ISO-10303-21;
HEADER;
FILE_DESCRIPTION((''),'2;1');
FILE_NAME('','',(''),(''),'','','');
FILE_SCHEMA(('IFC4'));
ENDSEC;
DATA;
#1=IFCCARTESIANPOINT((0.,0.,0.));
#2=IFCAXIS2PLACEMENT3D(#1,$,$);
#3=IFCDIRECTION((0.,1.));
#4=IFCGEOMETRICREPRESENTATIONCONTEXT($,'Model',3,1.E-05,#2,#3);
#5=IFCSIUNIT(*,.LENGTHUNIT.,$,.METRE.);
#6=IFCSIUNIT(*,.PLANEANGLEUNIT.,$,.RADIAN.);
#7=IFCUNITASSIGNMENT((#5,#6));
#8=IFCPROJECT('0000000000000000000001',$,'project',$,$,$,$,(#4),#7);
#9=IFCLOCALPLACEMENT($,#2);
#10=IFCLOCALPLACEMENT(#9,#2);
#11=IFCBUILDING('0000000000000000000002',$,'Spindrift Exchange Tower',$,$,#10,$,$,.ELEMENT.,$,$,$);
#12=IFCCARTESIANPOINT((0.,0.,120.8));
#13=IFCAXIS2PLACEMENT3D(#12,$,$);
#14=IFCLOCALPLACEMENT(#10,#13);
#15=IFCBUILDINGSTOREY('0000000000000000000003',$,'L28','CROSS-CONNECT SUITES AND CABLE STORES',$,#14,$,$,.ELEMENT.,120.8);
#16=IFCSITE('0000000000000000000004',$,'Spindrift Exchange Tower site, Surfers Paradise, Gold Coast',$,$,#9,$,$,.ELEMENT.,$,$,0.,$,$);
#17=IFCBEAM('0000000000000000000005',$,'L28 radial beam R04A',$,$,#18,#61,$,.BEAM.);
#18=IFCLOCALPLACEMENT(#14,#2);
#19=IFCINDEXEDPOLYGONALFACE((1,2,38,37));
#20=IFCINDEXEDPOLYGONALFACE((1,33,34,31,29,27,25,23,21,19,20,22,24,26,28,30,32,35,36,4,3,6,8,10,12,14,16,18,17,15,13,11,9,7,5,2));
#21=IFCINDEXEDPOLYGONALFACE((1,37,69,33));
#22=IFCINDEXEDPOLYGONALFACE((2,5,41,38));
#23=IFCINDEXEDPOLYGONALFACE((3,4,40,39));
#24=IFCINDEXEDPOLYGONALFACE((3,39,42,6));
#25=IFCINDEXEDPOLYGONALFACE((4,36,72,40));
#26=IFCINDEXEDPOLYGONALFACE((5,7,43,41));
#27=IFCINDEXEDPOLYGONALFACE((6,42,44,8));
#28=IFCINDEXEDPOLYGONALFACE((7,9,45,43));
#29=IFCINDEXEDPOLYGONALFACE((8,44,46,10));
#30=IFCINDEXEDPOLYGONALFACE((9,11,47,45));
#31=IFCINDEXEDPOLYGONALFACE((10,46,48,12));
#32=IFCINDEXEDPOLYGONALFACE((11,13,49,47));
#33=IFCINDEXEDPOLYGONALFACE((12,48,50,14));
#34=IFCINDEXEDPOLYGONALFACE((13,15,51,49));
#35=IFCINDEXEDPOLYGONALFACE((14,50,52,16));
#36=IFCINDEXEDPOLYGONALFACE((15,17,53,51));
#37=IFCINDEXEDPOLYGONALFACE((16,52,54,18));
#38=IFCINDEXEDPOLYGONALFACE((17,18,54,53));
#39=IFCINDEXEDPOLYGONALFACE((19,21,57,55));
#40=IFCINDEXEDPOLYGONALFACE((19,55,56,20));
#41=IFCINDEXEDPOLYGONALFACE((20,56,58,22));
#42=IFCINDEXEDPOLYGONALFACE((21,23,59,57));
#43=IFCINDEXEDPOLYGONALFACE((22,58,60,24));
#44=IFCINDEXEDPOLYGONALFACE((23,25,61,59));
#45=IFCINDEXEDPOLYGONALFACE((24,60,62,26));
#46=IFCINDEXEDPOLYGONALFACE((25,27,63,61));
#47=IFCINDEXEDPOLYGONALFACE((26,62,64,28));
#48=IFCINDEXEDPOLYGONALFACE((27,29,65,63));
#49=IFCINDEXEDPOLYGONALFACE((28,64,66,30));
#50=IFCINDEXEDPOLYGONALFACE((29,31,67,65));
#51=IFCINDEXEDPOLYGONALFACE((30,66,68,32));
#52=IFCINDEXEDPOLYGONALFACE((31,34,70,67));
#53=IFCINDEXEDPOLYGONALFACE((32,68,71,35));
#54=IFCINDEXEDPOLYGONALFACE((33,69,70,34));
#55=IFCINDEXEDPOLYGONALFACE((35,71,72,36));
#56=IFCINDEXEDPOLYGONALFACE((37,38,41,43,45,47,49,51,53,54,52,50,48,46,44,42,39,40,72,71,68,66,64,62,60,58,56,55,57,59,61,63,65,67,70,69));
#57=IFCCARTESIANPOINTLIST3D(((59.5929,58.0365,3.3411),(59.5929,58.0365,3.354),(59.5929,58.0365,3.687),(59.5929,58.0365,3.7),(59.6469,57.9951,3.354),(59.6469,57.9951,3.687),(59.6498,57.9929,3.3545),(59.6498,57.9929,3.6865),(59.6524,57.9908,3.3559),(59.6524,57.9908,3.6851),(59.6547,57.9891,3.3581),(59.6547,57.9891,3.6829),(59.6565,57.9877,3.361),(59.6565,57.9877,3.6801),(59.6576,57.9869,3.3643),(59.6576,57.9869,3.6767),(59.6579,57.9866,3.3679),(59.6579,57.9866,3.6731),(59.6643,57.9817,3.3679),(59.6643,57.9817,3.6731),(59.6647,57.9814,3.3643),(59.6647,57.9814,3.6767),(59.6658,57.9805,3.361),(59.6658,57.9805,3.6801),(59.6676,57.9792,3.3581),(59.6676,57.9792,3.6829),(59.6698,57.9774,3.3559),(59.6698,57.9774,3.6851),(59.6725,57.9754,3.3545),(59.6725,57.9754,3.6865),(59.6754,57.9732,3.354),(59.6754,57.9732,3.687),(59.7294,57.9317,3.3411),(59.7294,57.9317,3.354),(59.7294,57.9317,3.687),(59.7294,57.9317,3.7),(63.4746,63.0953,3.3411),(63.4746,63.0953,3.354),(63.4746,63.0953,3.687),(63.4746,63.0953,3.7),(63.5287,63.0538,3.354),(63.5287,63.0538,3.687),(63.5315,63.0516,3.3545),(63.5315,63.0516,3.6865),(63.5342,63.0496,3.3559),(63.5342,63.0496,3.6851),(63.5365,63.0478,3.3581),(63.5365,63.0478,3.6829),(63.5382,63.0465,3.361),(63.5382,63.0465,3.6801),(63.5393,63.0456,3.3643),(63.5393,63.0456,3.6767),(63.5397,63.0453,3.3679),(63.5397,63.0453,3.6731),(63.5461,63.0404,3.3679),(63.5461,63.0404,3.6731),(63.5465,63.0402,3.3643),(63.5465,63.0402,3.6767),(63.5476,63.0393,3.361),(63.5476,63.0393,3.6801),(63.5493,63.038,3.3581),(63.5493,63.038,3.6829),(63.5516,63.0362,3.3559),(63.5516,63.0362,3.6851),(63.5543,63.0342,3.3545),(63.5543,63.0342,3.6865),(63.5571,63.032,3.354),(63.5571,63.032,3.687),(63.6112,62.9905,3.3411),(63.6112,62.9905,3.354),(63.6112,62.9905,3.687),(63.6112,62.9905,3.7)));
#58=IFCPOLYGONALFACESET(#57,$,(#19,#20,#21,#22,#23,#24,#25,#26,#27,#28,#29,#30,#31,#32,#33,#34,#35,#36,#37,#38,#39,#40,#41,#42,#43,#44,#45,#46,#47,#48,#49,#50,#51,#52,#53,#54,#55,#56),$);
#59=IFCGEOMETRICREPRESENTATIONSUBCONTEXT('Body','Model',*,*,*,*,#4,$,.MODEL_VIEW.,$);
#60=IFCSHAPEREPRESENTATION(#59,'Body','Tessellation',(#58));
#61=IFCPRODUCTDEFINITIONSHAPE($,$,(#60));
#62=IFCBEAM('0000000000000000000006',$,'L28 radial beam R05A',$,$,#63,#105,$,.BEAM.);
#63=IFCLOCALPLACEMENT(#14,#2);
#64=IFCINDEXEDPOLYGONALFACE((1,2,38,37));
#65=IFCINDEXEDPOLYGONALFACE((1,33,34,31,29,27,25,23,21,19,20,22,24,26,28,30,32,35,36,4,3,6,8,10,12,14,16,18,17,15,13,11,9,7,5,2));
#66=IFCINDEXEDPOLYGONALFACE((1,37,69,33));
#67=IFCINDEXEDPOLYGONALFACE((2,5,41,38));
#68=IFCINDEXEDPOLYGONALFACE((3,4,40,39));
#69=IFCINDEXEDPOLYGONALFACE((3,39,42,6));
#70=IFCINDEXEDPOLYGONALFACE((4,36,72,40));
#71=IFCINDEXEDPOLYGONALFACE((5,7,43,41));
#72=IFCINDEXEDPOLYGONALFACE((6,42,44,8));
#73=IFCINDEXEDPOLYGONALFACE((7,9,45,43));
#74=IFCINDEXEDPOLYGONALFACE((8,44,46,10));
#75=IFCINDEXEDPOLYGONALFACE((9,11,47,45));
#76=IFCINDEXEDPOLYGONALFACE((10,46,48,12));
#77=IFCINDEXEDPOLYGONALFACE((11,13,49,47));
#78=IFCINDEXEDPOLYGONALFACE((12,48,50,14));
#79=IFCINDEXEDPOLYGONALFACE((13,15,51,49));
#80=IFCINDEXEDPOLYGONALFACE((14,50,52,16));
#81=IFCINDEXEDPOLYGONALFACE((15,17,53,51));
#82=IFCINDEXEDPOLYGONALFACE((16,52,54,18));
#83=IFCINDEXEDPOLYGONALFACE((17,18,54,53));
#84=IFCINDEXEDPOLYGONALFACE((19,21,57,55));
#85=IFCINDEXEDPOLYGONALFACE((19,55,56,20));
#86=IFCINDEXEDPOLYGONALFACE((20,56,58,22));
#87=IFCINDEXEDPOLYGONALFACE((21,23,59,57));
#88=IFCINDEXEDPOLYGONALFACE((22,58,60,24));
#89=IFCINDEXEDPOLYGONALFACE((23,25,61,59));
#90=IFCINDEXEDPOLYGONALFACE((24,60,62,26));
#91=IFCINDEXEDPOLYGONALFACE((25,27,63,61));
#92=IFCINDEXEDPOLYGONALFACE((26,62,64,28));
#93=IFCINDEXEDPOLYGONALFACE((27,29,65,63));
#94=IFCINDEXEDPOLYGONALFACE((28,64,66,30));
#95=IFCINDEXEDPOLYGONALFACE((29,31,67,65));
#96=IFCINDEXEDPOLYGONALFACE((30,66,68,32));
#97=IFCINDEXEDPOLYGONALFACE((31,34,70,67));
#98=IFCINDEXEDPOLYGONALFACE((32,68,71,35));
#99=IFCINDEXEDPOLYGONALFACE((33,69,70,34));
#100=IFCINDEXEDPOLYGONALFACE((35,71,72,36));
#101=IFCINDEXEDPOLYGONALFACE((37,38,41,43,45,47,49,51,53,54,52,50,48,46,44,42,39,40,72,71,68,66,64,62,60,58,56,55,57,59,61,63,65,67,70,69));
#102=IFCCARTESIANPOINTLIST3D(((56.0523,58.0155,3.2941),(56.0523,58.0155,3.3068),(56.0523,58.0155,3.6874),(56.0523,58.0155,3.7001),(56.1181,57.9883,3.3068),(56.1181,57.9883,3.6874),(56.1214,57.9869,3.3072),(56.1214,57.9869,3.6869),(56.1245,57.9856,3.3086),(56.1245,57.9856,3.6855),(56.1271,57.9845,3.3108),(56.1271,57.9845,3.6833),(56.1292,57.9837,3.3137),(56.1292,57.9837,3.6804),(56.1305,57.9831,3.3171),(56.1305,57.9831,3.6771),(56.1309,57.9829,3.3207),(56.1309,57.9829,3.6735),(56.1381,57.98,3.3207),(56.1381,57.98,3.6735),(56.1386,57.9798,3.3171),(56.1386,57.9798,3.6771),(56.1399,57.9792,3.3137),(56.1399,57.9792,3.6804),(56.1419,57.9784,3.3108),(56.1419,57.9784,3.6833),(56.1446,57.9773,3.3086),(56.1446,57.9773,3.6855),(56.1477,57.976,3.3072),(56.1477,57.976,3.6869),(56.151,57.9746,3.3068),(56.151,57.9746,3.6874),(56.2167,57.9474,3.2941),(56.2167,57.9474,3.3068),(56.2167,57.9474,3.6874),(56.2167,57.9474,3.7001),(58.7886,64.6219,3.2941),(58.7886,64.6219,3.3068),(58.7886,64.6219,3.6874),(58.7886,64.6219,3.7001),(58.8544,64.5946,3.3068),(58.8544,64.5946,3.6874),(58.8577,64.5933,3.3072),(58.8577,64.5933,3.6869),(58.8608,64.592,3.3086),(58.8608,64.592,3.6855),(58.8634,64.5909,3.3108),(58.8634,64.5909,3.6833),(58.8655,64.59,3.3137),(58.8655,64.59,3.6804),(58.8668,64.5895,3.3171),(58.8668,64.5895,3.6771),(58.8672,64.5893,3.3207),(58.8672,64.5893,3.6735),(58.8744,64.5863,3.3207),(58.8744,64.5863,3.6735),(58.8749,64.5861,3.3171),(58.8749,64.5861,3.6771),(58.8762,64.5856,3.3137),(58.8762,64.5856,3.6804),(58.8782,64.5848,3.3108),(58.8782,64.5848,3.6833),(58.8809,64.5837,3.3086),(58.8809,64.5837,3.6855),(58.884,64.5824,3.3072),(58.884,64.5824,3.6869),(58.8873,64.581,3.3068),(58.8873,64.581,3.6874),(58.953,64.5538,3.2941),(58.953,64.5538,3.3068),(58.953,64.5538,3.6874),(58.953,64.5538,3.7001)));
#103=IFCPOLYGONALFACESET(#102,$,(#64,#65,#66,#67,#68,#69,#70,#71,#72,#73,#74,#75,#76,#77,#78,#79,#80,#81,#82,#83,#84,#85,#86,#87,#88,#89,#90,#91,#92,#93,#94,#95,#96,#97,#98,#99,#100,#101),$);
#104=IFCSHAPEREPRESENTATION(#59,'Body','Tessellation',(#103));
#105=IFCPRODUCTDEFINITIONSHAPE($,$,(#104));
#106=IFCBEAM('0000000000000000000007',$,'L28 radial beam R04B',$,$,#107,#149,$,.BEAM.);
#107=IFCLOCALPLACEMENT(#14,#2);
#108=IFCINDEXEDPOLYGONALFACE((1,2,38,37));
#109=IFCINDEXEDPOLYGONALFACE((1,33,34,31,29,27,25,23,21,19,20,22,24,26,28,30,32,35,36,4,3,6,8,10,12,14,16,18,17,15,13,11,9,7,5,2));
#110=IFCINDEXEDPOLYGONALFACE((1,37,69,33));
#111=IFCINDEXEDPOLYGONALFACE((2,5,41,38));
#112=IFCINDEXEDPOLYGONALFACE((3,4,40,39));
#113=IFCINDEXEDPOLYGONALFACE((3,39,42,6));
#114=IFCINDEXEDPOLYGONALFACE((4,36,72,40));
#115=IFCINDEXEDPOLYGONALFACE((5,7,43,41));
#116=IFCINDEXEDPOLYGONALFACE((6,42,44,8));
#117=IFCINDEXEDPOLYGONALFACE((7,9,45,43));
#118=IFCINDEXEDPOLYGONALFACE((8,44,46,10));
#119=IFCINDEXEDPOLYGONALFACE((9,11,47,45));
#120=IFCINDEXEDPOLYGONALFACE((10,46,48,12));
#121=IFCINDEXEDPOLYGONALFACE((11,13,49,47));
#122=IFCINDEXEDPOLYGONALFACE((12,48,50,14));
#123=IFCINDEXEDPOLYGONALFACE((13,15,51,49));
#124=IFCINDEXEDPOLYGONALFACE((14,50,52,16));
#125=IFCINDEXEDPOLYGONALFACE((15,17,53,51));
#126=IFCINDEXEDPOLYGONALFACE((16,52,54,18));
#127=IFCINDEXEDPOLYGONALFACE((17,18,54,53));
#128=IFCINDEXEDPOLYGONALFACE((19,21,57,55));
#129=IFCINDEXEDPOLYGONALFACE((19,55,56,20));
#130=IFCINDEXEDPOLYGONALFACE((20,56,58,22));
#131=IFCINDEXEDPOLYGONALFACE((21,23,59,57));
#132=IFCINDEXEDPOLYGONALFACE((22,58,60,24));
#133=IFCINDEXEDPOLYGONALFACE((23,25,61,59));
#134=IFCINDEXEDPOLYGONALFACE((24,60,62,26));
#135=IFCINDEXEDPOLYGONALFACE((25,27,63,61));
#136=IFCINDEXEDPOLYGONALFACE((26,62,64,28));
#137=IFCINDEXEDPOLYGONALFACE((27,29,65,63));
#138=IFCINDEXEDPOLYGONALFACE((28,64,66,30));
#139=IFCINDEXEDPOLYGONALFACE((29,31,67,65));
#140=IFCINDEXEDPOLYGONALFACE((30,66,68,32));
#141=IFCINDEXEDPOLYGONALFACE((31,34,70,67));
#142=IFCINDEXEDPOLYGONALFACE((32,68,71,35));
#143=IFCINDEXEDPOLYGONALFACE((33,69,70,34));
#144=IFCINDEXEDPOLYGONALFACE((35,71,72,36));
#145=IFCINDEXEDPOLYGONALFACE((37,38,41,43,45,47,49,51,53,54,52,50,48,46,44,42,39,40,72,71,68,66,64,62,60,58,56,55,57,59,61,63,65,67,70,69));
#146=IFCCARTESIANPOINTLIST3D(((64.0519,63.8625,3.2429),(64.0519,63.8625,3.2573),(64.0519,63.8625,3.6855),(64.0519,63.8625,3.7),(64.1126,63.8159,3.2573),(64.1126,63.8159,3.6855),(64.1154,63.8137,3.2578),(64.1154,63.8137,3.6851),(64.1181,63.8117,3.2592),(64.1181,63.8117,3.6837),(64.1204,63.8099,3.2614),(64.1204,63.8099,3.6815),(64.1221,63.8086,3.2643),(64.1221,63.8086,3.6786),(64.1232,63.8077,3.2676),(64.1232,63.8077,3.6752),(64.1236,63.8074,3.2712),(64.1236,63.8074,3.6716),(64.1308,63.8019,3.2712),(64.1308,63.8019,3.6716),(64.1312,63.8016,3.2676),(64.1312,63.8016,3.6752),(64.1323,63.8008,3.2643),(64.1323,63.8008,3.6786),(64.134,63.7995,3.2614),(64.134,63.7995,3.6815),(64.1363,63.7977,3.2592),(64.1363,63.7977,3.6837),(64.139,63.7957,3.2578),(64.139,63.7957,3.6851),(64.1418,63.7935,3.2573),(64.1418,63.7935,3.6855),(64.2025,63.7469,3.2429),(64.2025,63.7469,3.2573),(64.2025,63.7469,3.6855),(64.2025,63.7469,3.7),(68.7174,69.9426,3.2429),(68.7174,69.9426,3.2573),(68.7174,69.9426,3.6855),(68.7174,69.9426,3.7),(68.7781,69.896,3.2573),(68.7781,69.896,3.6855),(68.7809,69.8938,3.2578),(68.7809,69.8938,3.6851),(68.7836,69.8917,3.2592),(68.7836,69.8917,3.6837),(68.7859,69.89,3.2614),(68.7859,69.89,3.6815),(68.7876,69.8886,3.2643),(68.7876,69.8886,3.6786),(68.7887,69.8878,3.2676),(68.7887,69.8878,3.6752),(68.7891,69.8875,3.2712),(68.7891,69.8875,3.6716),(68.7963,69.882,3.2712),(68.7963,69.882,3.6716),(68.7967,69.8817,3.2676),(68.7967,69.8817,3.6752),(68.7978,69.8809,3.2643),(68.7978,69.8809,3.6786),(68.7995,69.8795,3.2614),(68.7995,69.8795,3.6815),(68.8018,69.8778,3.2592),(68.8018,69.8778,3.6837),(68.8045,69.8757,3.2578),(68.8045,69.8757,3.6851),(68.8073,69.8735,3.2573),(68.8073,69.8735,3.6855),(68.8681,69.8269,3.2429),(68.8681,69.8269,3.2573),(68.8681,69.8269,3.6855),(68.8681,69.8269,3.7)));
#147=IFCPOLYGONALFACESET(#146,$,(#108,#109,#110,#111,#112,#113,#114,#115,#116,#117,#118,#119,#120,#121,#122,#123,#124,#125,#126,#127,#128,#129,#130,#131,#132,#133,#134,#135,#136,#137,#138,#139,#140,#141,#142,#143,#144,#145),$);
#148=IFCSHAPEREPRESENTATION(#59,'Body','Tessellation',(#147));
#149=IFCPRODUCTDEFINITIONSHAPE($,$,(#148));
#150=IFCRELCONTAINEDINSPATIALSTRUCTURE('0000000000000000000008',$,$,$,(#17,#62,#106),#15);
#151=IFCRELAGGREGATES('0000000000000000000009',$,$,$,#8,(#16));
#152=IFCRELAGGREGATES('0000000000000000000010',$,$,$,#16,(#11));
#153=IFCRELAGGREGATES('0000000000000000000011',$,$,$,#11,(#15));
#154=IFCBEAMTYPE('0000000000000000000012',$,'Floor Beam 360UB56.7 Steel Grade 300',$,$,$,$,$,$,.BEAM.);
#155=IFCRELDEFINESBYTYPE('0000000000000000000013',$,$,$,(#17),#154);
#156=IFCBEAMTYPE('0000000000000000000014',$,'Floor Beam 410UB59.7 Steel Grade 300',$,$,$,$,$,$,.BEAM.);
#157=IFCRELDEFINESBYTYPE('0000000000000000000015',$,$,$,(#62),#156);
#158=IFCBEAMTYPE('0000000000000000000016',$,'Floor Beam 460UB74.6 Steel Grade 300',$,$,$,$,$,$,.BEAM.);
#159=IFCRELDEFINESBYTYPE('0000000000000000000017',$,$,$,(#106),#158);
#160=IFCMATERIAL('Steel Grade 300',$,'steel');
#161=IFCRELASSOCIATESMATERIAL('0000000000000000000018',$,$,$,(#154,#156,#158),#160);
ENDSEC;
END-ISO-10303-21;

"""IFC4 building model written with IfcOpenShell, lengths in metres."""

from ifc_helpers import new_model, si_unit, direction, frame, origin, origin_2d, place, context, subcontext, project, spatial, i_section, extrude, source, transform, mapped, material, material_profile, profile_set, type_object, element, save


model = new_model("IFC4")

# Units and contexts
model_context = context("Model", 3, precision=1e-05, world=origin(), true_north=direction((0.0, 1.0)))
body_context = subcontext(model_context, "Body", "Model", "MODEL_VIEW")
ifc_project = project(units=[si_unit("LENGTHUNIT", "METRE"), si_unit("PLANEANGLEUNIT", "RADIAN")], contexts=[model_context])

# Site, building, storey
site_placement = place(None, origin())
site = spatial("IfcSite", under=ifc_project, at=site_placement, Name="Spindrift Exchange Tower site, Surfers Paradise, Gold Coast", CompositionType="ELEMENT", RefElevation=0.0)
building_placement = place(site_placement, origin())
building = spatial("IfcBuilding", under=site, at=building_placement, Name="Spindrift Exchange Tower", CompositionType="ELEMENT")
storey_placement = place(building_placement, frame((0.0, 0.0, 120.8)))
storey = spatial("IfcBuildingStorey", under=building, at=storey_placement, Name="L28", Description="CROSS-CONNECT SUITES AND CABLE STORES", CompositionType="ELEMENT", Elevation=120.8)

# Beams
ifc_material_1 = material(Name="Steel Grade 300", Category="steel")
ifc_material_profile_1 = material_profile(ifc_material_1, i_section(OverallWidth=0.1721, OverallDepth=0.3589, WebThickness=0.0081, FlangeThickness=0.0129, FilletRadius=0.0139, at=origin_2d()), Name="360UB56.7")
ifc_profile_set_1 = profile_set([ifc_material_profile_1], Name="Steel Grade 300")
beam_type_1 = type_object("IfcBeamType", Name="Floor Beam 360UB56.7 Steel Grade 300", PredefinedType="BEAM", material=ifc_profile_set_1)
shared_shape_1 = source(origin(), body_context, "Body", "SweptSolid", [
    extrude(i_section(OverallWidth=0.1721, OverallDepth=0.3589, WebThickness=0.0081, FlangeThickness=0.0129, FilletRadius=0.0139, at=origin_2d()), origin(), (0.0, 0.0, 1.0), 6.3765),
])
beam_1_placement = place(storey_placement, frame((59.6611, 57.9841, 3.5205), z_axis=(0.608767, 0.793349, 0.0), x_axis=(-0.793349, 0.608767, 0.0)))
element("IfcBeam", 1, at=beam_1_placement, inside=storey, type_object=beam_type_1, Name="L28 radial beam R04A", PredefinedType="BEAM", context=body_context, shape_type="MappedRepresentation", body=[
    mapped(shared_shape_1, transform((0.0, 0.0, 0.0), scale=1.0)),
])
ifc_material_profile_2 = material_profile(ifc_material_1, i_section(OverallWidth=0.178, OverallDepth=0.406, WebThickness=0.0078, FlangeThickness=0.0127, FilletRadius=0.0139, at=origin_2d()), Name="410UB59.7")
ifc_profile_set_2 = profile_set([ifc_material_profile_2], Name="Steel Grade 300")
beam_type_2 = type_object("IfcBeamType", Name="Floor Beam 410UB59.7 Steel Grade 300", PredefinedType="BEAM", material=ifc_profile_set_2)
shared_shape_2 = source(origin(), body_context, "Body", "SweptSolid", [
    extrude(i_section(OverallWidth=0.178, OverallDepth=0.406, WebThickness=0.0078, FlangeThickness=0.0127, FilletRadius=0.0139, at=origin_2d()), origin(), (0.0, 0.0, 1.0), 7.1506),
])
beam_2_placement = place(storey_placement, frame((56.1345, 57.9814, 3.4971), z_axis=(0.382665, 0.923887, 0.0), x_axis=(-0.923887, 0.382665, 0.0)))
element("IfcBeam", 2, at=beam_2_placement, inside=storey, type_object=beam_type_2, Name="L28 radial beam R05A", PredefinedType="BEAM", context=body_context, shape_type="MappedRepresentation", body=[
    mapped(shared_shape_2, transform((0.0, 0.0, 0.0), scale=1.0)),
])
ifc_material_profile_3 = material_profile(ifc_material_1, i_section(OverallWidth=0.1899, OverallDepth=0.457, WebThickness=0.009, FlangeThickness=0.0144, FilletRadius=0.0139, at=origin_2d()), Name="460UB74.6")
ifc_profile_set_3 = profile_set([ifc_material_profile_3], Name="Steel Grade 300")
beam_type_3 = type_object("IfcBeamType", Name="Floor Beam 460UB74.6 Steel Grade 300", PredefinedType="BEAM", material=ifc_profile_set_3)
shared_shape_3 = source(origin(), body_context, "Body", "SweptSolid", [
    extrude(i_section(OverallWidth=0.1899, OverallDepth=0.457, WebThickness=0.009, FlangeThickness=0.0144, FilletRadius=0.0139, at=origin_2d()), origin(), (0.0, 0.0, 1.0), 7.6638),
])
beam_3_placement = place(storey_placement, frame((64.1272, 63.8047, 3.4714), z_axis=(0.608771, 0.793346, 0.0), x_axis=(-0.793346, 0.608771, 0.0)))
element("IfcBeam", 3, at=beam_3_placement, inside=storey, type_object=beam_type_3, Name="L28 radial beam R04B", PredefinedType="BEAM", context=body_context, shape_type="MappedRepresentation", body=[
    mapped(shared_shape_3, transform((0.0, 0.0, 0.0), scale=1.0)),
])

save(model, "model.ifc")
